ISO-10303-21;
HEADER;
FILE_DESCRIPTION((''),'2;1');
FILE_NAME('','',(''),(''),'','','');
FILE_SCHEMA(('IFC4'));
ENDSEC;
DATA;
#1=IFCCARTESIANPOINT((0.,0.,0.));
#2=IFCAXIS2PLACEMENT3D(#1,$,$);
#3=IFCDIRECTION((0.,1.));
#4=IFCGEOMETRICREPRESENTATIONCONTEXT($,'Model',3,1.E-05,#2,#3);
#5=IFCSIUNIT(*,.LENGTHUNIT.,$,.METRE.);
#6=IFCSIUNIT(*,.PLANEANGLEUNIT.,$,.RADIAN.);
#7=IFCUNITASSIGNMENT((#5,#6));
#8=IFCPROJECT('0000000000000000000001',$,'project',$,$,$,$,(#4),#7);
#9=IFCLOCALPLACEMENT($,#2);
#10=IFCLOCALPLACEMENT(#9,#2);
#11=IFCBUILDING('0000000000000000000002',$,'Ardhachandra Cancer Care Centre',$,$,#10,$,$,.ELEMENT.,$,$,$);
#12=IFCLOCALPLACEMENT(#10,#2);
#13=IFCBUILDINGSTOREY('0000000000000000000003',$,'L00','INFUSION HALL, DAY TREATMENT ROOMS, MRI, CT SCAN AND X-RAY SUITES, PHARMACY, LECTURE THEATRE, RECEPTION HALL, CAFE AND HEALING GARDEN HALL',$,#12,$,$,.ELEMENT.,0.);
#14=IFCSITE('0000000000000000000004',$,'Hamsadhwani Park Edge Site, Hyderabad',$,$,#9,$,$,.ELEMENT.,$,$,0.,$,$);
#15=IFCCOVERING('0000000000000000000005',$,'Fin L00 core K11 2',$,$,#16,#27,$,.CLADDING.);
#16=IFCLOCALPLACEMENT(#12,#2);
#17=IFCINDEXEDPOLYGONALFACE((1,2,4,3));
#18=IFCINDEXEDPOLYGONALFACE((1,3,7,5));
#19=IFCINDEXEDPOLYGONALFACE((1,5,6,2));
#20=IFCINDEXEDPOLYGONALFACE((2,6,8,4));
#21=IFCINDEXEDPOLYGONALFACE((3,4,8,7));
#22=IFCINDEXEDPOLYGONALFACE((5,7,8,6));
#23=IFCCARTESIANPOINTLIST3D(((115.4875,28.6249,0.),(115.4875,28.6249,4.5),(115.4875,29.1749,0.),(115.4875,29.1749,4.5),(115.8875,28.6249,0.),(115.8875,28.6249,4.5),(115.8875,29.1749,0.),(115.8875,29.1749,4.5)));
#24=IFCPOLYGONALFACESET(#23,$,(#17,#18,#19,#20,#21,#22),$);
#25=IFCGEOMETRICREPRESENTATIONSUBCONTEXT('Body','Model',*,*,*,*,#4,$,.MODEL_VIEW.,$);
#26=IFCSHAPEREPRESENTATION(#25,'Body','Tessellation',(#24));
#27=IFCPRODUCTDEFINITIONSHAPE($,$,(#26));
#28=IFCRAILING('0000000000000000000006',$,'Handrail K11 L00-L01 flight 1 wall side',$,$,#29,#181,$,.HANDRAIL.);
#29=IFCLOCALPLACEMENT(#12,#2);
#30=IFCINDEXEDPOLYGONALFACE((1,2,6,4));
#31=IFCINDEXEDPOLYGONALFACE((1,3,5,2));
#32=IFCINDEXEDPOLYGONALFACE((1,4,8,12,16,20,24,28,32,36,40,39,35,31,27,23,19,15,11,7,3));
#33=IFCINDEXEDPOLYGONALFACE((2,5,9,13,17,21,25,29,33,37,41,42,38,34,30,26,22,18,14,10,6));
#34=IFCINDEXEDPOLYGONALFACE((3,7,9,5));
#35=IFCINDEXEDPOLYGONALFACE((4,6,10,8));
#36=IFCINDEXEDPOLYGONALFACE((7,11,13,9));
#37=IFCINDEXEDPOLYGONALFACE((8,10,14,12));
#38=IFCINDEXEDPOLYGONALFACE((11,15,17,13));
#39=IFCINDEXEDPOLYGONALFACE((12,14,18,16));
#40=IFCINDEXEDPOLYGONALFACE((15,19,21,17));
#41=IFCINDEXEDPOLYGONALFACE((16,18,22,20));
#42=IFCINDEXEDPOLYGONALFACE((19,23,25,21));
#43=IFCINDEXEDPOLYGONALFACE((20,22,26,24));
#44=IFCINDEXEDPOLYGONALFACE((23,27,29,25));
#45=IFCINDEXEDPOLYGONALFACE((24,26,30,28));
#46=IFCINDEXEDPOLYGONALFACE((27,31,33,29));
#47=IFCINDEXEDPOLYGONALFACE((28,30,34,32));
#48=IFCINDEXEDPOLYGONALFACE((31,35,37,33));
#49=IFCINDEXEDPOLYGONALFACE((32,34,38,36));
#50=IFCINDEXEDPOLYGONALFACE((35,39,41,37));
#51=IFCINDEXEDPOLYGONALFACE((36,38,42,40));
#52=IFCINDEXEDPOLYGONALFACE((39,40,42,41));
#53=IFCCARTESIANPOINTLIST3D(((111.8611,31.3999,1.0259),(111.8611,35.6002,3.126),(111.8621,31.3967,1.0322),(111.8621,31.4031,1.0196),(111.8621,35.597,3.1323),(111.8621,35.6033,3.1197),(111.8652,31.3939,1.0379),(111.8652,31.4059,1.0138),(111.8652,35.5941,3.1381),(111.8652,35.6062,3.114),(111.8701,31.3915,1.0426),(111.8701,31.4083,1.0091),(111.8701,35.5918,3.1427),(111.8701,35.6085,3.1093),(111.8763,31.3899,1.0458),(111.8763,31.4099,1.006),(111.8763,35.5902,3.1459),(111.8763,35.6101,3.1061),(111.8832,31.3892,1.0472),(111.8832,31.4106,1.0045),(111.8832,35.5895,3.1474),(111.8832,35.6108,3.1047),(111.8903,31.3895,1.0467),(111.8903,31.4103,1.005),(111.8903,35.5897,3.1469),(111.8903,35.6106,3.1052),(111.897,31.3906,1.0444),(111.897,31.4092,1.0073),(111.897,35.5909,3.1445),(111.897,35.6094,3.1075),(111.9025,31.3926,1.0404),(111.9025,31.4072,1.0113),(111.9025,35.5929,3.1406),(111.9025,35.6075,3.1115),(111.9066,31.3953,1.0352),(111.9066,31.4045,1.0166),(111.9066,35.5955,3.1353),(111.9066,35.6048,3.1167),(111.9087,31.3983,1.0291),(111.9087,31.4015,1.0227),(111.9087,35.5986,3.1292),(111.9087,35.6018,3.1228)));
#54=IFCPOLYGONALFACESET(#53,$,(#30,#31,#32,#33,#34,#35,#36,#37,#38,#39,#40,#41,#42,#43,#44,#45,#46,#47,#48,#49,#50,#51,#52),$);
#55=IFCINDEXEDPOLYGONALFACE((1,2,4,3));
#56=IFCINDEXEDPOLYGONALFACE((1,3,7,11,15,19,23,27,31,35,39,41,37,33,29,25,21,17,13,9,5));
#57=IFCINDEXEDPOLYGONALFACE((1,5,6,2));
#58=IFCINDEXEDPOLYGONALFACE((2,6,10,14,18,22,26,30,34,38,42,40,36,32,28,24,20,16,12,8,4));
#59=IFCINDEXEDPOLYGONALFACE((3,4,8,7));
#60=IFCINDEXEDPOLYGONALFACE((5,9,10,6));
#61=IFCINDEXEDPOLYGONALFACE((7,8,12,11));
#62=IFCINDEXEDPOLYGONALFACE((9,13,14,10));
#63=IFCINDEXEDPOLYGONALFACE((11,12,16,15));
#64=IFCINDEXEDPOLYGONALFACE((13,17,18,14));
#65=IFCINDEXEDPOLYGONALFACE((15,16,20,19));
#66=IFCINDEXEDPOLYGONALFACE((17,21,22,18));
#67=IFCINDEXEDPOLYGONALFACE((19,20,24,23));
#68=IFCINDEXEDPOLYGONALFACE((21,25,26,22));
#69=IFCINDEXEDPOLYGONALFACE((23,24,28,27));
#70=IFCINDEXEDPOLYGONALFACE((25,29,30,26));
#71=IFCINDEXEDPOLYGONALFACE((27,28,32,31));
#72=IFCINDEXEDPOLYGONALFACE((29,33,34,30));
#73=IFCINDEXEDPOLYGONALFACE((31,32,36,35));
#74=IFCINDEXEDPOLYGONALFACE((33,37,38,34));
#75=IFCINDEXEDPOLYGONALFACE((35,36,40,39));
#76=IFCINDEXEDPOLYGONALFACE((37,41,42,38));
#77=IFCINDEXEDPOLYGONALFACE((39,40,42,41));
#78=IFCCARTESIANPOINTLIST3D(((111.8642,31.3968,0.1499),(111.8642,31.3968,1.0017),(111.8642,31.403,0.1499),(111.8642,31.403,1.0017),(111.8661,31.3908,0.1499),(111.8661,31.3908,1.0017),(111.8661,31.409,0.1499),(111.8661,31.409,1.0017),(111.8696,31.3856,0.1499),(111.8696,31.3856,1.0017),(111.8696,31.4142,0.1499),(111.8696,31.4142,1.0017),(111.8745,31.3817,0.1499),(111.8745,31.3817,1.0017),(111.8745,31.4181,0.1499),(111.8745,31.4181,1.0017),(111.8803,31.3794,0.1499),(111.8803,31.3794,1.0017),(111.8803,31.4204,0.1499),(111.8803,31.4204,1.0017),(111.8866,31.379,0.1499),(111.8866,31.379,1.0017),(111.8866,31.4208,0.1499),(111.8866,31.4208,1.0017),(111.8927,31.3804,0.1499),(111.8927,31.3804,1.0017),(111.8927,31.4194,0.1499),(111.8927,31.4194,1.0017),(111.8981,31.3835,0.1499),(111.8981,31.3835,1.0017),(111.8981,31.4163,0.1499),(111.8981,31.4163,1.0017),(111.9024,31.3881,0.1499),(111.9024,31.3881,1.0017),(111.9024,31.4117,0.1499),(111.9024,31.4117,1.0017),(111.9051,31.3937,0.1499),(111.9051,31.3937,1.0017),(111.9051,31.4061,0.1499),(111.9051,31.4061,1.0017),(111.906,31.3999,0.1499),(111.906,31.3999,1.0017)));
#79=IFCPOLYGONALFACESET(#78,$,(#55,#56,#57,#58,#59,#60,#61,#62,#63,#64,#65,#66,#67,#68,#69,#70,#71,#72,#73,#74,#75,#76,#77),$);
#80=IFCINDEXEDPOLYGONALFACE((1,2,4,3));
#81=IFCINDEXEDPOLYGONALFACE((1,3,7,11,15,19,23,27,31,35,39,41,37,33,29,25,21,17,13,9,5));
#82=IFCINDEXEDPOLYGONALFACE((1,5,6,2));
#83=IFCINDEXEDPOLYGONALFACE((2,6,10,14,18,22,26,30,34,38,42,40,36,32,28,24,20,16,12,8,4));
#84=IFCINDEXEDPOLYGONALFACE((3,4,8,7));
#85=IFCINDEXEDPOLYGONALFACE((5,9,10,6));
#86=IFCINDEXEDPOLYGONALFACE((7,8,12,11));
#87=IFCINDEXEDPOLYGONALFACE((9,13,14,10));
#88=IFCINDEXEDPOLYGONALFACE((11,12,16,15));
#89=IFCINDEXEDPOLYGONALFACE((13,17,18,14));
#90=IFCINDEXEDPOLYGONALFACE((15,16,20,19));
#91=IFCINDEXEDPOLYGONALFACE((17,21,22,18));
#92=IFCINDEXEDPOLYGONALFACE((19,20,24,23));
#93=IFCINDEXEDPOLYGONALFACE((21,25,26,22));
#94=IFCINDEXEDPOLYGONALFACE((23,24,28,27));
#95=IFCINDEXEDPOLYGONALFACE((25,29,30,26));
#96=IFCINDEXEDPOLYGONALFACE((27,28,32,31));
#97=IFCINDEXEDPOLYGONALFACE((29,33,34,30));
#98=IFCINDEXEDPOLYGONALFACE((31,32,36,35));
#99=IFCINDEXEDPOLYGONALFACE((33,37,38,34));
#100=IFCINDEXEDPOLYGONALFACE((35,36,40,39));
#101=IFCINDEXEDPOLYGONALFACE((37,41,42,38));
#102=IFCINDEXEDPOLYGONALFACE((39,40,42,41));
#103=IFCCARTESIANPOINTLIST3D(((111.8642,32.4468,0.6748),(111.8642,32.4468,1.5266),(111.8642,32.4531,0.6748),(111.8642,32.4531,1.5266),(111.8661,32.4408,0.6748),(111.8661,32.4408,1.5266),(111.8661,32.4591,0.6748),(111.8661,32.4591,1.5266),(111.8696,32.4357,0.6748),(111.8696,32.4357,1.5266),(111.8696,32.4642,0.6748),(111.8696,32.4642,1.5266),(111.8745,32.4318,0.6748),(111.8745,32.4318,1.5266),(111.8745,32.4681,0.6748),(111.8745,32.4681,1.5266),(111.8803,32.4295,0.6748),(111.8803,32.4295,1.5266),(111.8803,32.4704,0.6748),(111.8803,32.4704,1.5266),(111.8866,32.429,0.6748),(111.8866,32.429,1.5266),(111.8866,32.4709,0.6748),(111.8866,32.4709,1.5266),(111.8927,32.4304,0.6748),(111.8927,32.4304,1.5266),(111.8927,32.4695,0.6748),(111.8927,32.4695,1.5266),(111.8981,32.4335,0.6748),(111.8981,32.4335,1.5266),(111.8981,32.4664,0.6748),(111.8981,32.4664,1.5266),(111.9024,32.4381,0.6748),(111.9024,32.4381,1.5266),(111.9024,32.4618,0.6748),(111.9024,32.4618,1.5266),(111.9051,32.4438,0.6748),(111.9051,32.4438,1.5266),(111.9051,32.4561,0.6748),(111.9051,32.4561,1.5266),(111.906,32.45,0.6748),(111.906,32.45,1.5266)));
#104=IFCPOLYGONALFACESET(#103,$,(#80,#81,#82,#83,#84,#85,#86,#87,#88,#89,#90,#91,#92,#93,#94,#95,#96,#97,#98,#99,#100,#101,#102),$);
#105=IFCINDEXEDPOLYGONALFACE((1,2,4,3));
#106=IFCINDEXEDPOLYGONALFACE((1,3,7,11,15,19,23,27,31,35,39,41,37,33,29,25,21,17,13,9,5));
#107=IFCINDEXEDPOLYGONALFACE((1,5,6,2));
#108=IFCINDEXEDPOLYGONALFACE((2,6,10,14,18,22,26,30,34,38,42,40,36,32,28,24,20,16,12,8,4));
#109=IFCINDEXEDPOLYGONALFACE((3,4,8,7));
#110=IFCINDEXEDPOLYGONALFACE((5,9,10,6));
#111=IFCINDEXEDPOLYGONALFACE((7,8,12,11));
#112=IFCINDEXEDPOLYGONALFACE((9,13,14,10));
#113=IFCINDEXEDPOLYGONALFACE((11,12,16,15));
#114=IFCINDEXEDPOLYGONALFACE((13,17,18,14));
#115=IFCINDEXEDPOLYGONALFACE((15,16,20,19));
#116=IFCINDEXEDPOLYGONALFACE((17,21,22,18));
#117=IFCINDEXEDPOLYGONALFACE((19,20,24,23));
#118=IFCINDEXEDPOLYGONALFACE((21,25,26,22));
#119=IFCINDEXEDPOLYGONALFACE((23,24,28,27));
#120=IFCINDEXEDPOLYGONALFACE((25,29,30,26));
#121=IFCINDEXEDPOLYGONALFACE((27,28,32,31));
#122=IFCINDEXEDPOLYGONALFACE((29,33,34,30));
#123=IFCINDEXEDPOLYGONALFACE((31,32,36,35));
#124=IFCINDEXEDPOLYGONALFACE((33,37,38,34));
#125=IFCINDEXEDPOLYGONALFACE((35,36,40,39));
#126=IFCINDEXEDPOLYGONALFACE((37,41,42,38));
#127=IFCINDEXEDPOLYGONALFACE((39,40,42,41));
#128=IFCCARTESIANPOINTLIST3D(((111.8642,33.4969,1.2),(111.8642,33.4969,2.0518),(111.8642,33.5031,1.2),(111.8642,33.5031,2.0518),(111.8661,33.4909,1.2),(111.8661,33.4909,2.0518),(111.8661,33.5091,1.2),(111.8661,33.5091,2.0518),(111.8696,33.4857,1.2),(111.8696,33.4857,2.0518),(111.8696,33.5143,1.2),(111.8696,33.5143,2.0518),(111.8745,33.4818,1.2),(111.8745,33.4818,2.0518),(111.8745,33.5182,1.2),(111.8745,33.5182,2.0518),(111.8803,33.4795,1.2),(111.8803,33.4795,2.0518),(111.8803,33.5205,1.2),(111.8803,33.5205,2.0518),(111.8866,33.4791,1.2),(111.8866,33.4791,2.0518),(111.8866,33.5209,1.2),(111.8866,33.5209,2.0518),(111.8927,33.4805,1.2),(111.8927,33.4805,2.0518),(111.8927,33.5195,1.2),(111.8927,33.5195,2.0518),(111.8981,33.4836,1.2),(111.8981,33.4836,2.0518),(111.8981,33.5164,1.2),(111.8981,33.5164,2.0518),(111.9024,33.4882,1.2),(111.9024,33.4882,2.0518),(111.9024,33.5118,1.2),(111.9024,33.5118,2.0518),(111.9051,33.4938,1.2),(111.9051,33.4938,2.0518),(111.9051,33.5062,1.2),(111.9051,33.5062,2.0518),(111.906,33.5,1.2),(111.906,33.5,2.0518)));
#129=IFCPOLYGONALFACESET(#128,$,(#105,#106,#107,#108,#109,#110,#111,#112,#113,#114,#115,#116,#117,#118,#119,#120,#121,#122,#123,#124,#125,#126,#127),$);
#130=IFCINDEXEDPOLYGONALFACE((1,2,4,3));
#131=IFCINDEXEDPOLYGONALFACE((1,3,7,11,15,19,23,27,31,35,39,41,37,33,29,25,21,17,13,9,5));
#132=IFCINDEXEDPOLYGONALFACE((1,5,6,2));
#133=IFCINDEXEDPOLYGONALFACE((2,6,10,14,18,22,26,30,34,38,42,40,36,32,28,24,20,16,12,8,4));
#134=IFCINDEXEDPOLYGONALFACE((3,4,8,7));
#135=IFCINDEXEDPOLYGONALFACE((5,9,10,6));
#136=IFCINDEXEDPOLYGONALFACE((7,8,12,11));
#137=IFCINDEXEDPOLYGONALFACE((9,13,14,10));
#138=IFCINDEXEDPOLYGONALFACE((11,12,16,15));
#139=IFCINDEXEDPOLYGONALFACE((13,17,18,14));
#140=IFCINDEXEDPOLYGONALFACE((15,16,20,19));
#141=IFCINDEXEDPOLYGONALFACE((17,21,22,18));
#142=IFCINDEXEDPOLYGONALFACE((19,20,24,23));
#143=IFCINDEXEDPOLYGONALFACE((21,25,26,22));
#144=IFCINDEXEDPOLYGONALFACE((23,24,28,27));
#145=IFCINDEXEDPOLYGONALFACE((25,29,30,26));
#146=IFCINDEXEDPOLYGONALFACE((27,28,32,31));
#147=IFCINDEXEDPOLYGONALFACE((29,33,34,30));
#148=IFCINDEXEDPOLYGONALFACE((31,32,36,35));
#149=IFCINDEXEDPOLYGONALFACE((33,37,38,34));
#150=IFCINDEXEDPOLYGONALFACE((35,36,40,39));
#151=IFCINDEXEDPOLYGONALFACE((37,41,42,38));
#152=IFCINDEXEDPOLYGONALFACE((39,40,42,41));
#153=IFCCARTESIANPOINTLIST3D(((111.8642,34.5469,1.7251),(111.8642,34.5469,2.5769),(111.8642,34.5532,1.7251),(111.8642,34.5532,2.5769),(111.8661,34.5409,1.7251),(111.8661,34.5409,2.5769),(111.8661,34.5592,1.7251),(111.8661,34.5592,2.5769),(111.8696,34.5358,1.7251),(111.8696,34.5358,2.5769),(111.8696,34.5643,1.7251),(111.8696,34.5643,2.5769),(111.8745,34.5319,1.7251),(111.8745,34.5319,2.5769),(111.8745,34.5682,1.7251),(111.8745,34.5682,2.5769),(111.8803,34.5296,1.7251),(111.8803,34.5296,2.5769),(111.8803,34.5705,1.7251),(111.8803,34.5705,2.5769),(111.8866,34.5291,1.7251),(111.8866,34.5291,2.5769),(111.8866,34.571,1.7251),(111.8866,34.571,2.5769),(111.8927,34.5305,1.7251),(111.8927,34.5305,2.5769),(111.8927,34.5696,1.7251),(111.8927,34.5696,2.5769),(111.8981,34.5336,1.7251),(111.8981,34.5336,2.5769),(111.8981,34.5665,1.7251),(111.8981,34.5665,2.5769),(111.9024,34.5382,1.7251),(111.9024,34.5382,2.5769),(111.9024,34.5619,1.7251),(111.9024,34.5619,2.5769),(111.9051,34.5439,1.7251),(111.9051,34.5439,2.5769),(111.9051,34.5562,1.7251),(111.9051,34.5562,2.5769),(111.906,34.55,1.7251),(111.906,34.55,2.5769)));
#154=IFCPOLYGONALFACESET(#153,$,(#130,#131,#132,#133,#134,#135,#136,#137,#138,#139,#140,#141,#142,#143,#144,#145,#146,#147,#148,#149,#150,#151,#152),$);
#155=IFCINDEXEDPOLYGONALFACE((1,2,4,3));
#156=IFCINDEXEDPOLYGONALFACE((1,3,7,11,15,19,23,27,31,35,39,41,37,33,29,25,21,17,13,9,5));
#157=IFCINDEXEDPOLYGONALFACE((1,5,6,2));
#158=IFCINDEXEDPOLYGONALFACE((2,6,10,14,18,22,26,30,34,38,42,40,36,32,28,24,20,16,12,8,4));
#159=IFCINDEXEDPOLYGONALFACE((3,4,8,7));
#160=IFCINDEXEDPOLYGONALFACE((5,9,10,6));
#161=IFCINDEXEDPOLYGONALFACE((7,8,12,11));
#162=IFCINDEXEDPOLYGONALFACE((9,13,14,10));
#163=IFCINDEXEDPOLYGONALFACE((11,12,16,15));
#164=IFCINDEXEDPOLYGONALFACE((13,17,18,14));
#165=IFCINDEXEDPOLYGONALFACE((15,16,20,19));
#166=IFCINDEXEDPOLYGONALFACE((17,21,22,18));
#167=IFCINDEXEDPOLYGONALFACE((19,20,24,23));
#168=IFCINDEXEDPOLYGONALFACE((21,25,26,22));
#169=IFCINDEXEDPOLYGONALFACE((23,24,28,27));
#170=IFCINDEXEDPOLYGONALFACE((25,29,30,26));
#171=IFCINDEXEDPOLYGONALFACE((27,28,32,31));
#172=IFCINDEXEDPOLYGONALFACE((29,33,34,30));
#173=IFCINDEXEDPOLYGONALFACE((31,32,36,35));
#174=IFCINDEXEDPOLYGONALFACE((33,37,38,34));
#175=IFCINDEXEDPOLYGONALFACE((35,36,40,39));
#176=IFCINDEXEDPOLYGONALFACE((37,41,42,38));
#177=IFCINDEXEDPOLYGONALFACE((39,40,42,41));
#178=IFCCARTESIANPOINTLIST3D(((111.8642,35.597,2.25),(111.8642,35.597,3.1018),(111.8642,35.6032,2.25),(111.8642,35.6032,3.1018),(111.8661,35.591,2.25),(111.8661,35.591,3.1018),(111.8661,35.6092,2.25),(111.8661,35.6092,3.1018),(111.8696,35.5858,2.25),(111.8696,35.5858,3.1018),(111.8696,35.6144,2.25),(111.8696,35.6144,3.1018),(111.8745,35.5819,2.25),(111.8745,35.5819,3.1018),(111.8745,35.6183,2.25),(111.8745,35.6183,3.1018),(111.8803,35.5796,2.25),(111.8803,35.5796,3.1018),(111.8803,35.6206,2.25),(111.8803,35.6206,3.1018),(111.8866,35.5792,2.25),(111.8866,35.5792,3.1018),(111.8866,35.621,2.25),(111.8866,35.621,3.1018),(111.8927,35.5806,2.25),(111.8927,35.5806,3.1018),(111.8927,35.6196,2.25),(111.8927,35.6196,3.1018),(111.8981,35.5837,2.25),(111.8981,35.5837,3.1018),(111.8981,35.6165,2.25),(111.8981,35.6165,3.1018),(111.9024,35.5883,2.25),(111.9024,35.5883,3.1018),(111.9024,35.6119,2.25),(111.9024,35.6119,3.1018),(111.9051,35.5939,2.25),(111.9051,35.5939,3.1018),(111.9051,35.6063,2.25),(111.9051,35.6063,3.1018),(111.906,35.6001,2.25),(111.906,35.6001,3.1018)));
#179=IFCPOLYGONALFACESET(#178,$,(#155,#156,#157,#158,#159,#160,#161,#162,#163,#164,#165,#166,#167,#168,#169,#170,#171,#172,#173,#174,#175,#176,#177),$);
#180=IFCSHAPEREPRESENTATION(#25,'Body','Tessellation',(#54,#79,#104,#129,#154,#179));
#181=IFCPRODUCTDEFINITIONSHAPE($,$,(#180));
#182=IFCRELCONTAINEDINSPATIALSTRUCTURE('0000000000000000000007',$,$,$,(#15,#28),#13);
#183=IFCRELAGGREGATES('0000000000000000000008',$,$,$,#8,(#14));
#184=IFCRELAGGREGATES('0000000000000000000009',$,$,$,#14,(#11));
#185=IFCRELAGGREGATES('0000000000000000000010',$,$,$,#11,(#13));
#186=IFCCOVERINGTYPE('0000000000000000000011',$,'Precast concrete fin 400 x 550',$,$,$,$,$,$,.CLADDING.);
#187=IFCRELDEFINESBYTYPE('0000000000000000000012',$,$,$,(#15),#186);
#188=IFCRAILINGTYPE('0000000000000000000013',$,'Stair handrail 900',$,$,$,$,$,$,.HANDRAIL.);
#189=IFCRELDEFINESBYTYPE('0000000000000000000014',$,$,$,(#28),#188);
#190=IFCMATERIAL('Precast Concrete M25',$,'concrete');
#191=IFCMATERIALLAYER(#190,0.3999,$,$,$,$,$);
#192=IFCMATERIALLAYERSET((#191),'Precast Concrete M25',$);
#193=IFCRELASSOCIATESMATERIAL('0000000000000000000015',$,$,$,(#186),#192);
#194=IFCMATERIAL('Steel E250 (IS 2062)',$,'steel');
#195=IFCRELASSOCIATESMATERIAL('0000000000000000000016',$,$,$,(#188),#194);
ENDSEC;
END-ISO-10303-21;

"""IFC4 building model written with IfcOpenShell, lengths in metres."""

from ifc_helpers import new_model, si_unit, direction, frame, origin, origin_2d, place, context, subcontext, project, spatial, rectangle, circle, extrude, material, layer, layer_set, type_object, element, save


model = new_model("IFC4")

# Units and contexts
model_context = context("Model", 3, precision=1e-05, world=origin(), true_north=direction((0.0, 1.0)))
body_context = subcontext(model_context, "Body", "Model", "MODEL_VIEW")
ifc_project = project(units=[si_unit("LENGTHUNIT", "METRE"), si_unit("PLANEANGLEUNIT", "RADIAN")], contexts=[model_context])

# Site, building, storey
site_placement = place(None, origin())
site = spatial("IfcSite", under=ifc_project, at=site_placement, Name="Hamsadhwani Park Edge Site, Hyderabad", CompositionType="ELEMENT", RefElevation=0.0)
building_placement = place(site_placement, origin())
building = spatial("IfcBuilding", under=site, at=building_placement, Name="Ardhachandra Cancer Care Centre", CompositionType="ELEMENT")
storey_placement = place(building_placement, origin())
storey = spatial("IfcBuildingStorey", under=building, at=storey_placement, Name="L00", Description="INFUSION HALL, DAY TREATMENT ROOMS, MRI, CT SCAN AND X-RAY SUITES, PHARMACY, LECTURE THEATRE, RECEPTION HALL, CAFE AND HEALING GARDEN HALL", CompositionType="ELEMENT", Elevation=0.0)

# Covering
ifc_material_1 = material(Name="Precast Concrete M25", Category="concrete")
ifc_layer_1 = layer(ifc_material_1, 0.3999)
ifc_layer_set_1 = layer_set([ifc_layer_1], Name="Precast Concrete M25")
covering_type = type_object("IfcCoveringType", Name="Precast concrete fin 400 x 550", PredefinedType="CLADDING", material=ifc_layer_set_1)
for number, where, z_axis, x_axis, name in (
    (1, (115.6875, 28.8999, 0.0), (0.0, 0.0, 1.0), (1.0, 0.0, 0.0), "Fin L00 core K11 2"),
):
    element("IfcCovering", number, at=place(storey_placement, frame(where, z_axis=z_axis, x_axis=x_axis)), inside=storey, type_object=covering_type, Name=name, PredefinedType="CLADDING", context=body_context, shape_type="SweptSolid", body=[
        extrude(rectangle(XDim=0.3999, YDim=0.55, at=origin_2d()), origin(), (0.0, 0.0, 1.0), 4.5),
    ])

# Railing
ifc_material_2 = material(Name="Steel E250 (IS 2062)", Category="steel")
railing_type_1 = type_object("IfcRailingType", Name="Stair handrail 900", PredefinedType="HANDRAIL", material=ifc_material_2)
for number, where, name in (
    (2, (111.885, 31.3999, 0.1499), "Handrail K11 L00-L01 flight 1 wall side"),
):
    element("IfcRailing", number, at=place(storey_placement, frame(where)), inside=storey, type_object=railing_type_1, Name=name, PredefinedType="HANDRAIL", context=body_context, shape_type="SweptSolid", body=[
        extrude(circle(Radius=0.0239, at=origin_2d()), frame((0.0, 0.0, 0.876), z_axis=(0.0, 0.894427, 0.447214), x_axis=(-1.0, 0.0, 0.0)), (0.0, 0.0, 1.0), 4.696),
        extrude(circle(Radius=0.021, at=origin_2d()), origin(), (0.0, 0.0, 1.0), 0.8518),
        extrude(circle(Radius=0.021, at=origin_2d()), frame((0.0, 1.05, 0.5249)), (0.0, 0.0, 1.0), 0.8518),
        extrude(circle(Radius=0.021, at=origin_2d()), frame((0.0, 2.1001, 1.05)), (0.0, 0.0, 1.0), 0.8518),
        extrude(circle(Radius=0.021, at=origin_2d()), frame((0.0, 3.1501, 1.5752)), (0.0, 0.0, 1.0), 0.8518),
        extrude(circle(Radius=0.021, at=origin_2d()), frame((0.0, 4.2002, 2.1001)), (0.0, 0.0, 1.0), 0.8518),
    ])

save(model, "model.ifc")
